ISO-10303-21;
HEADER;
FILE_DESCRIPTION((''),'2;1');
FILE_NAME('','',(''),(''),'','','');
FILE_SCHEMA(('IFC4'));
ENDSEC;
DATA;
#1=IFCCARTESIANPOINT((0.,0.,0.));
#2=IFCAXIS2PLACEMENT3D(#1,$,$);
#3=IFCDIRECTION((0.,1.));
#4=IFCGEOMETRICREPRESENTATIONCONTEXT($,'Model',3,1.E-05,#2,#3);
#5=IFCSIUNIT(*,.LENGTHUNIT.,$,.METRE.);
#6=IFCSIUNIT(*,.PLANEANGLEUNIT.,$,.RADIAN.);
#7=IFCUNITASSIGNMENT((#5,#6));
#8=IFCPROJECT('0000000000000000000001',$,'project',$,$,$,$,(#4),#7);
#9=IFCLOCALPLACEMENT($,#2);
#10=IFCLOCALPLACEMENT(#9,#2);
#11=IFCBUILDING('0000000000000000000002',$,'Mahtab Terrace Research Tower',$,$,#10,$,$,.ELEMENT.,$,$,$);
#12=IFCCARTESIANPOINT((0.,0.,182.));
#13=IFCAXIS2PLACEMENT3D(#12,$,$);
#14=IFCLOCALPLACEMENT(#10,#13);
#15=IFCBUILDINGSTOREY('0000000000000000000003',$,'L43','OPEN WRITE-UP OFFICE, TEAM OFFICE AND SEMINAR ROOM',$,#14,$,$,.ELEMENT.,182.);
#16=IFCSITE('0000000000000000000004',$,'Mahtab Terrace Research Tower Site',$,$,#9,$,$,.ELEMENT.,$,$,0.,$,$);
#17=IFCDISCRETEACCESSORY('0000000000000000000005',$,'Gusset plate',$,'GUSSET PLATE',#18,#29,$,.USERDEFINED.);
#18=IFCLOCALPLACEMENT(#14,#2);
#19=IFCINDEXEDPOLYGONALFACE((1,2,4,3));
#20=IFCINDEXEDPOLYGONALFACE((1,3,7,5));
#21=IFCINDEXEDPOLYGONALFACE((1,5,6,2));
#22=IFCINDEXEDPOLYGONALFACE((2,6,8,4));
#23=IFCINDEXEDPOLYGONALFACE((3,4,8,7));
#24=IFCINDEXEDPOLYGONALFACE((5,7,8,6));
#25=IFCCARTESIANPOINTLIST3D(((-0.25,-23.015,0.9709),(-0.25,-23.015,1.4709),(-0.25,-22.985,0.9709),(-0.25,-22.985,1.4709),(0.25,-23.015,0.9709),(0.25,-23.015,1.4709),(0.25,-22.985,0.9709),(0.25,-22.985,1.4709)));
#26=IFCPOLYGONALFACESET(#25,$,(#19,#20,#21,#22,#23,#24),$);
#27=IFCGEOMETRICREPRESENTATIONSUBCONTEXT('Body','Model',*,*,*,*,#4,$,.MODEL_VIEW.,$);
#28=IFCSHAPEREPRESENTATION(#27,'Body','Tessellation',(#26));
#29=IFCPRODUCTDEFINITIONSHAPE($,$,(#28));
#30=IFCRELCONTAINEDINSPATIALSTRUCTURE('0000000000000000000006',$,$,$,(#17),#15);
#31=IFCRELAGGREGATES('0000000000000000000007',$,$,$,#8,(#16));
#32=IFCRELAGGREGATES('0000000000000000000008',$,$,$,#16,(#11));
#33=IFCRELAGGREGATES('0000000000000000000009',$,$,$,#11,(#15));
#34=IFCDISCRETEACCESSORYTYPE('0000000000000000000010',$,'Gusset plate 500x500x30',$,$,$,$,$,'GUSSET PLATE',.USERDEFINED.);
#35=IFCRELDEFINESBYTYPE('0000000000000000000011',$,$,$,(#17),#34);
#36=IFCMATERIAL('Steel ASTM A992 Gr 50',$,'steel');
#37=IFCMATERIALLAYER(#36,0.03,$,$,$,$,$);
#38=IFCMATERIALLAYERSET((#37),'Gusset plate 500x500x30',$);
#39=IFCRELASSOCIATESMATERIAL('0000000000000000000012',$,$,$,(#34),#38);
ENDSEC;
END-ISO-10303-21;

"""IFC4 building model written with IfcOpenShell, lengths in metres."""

from ifc_helpers import new_model, si_unit, direction, frame, origin, origin_2d, place, context, subcontext, project, spatial, rectangle, extrude, material, layer, layer_set, type_object, element, save


model = new_model("IFC4")

# Units and contexts
model_context = context("Model", 3, precision=1e-05, world=origin(), true_north=direction((0.0, 1.0)))
body_context = subcontext(model_context, "Body", "Model", "MODEL_VIEW")
ifc_project = project(units=[si_unit("LENGTHUNIT", "METRE"), si_unit("PLANEANGLEUNIT", "RADIAN")], contexts=[model_context])

# Site, building, storey
site_placement = place(None, origin())
site = spatial("IfcSite", under=ifc_project, at=site_placement, Name="Mahtab Terrace Research Tower Site", CompositionType="ELEMENT", RefElevation=0.0)
building_placement = place(site_placement, origin())
building = spatial("IfcBuilding", under=site, at=building_placement, Name="Mahtab Terrace Research Tower", CompositionType="ELEMENT")
storey_placement = place(building_placement, frame((0.0, 0.0, 182.0)))
storey = spatial("IfcBuildingStorey", under=building, at=storey_placement, Name="L43", Description="OPEN WRITE-UP OFFICE, TEAM OFFICE AND SEMINAR ROOM", CompositionType="ELEMENT", Elevation=182.0)

# Shared definitions
ifc_material_1 = material(Name="Steel ASTM A992 Gr 50", Category="steel")

# Discrete accessory
ifc_layer_1 = layer(ifc_material_1, 0.03)
ifc_layer_set_1 = layer_set([ifc_layer_1], Name="Gusset plate 500x500x30")
discrete_accessory_type = type_object("IfcDiscreteAccessoryType", Name="Gusset plate 500x500x30", ElementType="GUSSET PLATE", PredefinedType="USERDEFINED", material=ifc_layer_set_1)
for number, where, z_axis, x_axis, name in (
    (1, (0.0, -23.0, 0.9709), (0.0, 0.0, 1.0), (1.0, 0.0, 0.0), "Gusset plate"),
):
    element("IfcDiscreteAccessory", number, at=place(storey_placement, frame(where, z_axis=z_axis, x_axis=x_axis)), inside=storey, type_object=discrete_accessory_type, Name=name, ObjectType="GUSSET PLATE", PredefinedType="USERDEFINED", context=body_context, shape_type="SweptSolid", body=[
        extrude(rectangle(XDim=0.5, YDim=0.03, at=origin_2d()), origin(), (0.0, 0.0, 1.0), 0.5),
    ])

save(model, "model.ifc")
